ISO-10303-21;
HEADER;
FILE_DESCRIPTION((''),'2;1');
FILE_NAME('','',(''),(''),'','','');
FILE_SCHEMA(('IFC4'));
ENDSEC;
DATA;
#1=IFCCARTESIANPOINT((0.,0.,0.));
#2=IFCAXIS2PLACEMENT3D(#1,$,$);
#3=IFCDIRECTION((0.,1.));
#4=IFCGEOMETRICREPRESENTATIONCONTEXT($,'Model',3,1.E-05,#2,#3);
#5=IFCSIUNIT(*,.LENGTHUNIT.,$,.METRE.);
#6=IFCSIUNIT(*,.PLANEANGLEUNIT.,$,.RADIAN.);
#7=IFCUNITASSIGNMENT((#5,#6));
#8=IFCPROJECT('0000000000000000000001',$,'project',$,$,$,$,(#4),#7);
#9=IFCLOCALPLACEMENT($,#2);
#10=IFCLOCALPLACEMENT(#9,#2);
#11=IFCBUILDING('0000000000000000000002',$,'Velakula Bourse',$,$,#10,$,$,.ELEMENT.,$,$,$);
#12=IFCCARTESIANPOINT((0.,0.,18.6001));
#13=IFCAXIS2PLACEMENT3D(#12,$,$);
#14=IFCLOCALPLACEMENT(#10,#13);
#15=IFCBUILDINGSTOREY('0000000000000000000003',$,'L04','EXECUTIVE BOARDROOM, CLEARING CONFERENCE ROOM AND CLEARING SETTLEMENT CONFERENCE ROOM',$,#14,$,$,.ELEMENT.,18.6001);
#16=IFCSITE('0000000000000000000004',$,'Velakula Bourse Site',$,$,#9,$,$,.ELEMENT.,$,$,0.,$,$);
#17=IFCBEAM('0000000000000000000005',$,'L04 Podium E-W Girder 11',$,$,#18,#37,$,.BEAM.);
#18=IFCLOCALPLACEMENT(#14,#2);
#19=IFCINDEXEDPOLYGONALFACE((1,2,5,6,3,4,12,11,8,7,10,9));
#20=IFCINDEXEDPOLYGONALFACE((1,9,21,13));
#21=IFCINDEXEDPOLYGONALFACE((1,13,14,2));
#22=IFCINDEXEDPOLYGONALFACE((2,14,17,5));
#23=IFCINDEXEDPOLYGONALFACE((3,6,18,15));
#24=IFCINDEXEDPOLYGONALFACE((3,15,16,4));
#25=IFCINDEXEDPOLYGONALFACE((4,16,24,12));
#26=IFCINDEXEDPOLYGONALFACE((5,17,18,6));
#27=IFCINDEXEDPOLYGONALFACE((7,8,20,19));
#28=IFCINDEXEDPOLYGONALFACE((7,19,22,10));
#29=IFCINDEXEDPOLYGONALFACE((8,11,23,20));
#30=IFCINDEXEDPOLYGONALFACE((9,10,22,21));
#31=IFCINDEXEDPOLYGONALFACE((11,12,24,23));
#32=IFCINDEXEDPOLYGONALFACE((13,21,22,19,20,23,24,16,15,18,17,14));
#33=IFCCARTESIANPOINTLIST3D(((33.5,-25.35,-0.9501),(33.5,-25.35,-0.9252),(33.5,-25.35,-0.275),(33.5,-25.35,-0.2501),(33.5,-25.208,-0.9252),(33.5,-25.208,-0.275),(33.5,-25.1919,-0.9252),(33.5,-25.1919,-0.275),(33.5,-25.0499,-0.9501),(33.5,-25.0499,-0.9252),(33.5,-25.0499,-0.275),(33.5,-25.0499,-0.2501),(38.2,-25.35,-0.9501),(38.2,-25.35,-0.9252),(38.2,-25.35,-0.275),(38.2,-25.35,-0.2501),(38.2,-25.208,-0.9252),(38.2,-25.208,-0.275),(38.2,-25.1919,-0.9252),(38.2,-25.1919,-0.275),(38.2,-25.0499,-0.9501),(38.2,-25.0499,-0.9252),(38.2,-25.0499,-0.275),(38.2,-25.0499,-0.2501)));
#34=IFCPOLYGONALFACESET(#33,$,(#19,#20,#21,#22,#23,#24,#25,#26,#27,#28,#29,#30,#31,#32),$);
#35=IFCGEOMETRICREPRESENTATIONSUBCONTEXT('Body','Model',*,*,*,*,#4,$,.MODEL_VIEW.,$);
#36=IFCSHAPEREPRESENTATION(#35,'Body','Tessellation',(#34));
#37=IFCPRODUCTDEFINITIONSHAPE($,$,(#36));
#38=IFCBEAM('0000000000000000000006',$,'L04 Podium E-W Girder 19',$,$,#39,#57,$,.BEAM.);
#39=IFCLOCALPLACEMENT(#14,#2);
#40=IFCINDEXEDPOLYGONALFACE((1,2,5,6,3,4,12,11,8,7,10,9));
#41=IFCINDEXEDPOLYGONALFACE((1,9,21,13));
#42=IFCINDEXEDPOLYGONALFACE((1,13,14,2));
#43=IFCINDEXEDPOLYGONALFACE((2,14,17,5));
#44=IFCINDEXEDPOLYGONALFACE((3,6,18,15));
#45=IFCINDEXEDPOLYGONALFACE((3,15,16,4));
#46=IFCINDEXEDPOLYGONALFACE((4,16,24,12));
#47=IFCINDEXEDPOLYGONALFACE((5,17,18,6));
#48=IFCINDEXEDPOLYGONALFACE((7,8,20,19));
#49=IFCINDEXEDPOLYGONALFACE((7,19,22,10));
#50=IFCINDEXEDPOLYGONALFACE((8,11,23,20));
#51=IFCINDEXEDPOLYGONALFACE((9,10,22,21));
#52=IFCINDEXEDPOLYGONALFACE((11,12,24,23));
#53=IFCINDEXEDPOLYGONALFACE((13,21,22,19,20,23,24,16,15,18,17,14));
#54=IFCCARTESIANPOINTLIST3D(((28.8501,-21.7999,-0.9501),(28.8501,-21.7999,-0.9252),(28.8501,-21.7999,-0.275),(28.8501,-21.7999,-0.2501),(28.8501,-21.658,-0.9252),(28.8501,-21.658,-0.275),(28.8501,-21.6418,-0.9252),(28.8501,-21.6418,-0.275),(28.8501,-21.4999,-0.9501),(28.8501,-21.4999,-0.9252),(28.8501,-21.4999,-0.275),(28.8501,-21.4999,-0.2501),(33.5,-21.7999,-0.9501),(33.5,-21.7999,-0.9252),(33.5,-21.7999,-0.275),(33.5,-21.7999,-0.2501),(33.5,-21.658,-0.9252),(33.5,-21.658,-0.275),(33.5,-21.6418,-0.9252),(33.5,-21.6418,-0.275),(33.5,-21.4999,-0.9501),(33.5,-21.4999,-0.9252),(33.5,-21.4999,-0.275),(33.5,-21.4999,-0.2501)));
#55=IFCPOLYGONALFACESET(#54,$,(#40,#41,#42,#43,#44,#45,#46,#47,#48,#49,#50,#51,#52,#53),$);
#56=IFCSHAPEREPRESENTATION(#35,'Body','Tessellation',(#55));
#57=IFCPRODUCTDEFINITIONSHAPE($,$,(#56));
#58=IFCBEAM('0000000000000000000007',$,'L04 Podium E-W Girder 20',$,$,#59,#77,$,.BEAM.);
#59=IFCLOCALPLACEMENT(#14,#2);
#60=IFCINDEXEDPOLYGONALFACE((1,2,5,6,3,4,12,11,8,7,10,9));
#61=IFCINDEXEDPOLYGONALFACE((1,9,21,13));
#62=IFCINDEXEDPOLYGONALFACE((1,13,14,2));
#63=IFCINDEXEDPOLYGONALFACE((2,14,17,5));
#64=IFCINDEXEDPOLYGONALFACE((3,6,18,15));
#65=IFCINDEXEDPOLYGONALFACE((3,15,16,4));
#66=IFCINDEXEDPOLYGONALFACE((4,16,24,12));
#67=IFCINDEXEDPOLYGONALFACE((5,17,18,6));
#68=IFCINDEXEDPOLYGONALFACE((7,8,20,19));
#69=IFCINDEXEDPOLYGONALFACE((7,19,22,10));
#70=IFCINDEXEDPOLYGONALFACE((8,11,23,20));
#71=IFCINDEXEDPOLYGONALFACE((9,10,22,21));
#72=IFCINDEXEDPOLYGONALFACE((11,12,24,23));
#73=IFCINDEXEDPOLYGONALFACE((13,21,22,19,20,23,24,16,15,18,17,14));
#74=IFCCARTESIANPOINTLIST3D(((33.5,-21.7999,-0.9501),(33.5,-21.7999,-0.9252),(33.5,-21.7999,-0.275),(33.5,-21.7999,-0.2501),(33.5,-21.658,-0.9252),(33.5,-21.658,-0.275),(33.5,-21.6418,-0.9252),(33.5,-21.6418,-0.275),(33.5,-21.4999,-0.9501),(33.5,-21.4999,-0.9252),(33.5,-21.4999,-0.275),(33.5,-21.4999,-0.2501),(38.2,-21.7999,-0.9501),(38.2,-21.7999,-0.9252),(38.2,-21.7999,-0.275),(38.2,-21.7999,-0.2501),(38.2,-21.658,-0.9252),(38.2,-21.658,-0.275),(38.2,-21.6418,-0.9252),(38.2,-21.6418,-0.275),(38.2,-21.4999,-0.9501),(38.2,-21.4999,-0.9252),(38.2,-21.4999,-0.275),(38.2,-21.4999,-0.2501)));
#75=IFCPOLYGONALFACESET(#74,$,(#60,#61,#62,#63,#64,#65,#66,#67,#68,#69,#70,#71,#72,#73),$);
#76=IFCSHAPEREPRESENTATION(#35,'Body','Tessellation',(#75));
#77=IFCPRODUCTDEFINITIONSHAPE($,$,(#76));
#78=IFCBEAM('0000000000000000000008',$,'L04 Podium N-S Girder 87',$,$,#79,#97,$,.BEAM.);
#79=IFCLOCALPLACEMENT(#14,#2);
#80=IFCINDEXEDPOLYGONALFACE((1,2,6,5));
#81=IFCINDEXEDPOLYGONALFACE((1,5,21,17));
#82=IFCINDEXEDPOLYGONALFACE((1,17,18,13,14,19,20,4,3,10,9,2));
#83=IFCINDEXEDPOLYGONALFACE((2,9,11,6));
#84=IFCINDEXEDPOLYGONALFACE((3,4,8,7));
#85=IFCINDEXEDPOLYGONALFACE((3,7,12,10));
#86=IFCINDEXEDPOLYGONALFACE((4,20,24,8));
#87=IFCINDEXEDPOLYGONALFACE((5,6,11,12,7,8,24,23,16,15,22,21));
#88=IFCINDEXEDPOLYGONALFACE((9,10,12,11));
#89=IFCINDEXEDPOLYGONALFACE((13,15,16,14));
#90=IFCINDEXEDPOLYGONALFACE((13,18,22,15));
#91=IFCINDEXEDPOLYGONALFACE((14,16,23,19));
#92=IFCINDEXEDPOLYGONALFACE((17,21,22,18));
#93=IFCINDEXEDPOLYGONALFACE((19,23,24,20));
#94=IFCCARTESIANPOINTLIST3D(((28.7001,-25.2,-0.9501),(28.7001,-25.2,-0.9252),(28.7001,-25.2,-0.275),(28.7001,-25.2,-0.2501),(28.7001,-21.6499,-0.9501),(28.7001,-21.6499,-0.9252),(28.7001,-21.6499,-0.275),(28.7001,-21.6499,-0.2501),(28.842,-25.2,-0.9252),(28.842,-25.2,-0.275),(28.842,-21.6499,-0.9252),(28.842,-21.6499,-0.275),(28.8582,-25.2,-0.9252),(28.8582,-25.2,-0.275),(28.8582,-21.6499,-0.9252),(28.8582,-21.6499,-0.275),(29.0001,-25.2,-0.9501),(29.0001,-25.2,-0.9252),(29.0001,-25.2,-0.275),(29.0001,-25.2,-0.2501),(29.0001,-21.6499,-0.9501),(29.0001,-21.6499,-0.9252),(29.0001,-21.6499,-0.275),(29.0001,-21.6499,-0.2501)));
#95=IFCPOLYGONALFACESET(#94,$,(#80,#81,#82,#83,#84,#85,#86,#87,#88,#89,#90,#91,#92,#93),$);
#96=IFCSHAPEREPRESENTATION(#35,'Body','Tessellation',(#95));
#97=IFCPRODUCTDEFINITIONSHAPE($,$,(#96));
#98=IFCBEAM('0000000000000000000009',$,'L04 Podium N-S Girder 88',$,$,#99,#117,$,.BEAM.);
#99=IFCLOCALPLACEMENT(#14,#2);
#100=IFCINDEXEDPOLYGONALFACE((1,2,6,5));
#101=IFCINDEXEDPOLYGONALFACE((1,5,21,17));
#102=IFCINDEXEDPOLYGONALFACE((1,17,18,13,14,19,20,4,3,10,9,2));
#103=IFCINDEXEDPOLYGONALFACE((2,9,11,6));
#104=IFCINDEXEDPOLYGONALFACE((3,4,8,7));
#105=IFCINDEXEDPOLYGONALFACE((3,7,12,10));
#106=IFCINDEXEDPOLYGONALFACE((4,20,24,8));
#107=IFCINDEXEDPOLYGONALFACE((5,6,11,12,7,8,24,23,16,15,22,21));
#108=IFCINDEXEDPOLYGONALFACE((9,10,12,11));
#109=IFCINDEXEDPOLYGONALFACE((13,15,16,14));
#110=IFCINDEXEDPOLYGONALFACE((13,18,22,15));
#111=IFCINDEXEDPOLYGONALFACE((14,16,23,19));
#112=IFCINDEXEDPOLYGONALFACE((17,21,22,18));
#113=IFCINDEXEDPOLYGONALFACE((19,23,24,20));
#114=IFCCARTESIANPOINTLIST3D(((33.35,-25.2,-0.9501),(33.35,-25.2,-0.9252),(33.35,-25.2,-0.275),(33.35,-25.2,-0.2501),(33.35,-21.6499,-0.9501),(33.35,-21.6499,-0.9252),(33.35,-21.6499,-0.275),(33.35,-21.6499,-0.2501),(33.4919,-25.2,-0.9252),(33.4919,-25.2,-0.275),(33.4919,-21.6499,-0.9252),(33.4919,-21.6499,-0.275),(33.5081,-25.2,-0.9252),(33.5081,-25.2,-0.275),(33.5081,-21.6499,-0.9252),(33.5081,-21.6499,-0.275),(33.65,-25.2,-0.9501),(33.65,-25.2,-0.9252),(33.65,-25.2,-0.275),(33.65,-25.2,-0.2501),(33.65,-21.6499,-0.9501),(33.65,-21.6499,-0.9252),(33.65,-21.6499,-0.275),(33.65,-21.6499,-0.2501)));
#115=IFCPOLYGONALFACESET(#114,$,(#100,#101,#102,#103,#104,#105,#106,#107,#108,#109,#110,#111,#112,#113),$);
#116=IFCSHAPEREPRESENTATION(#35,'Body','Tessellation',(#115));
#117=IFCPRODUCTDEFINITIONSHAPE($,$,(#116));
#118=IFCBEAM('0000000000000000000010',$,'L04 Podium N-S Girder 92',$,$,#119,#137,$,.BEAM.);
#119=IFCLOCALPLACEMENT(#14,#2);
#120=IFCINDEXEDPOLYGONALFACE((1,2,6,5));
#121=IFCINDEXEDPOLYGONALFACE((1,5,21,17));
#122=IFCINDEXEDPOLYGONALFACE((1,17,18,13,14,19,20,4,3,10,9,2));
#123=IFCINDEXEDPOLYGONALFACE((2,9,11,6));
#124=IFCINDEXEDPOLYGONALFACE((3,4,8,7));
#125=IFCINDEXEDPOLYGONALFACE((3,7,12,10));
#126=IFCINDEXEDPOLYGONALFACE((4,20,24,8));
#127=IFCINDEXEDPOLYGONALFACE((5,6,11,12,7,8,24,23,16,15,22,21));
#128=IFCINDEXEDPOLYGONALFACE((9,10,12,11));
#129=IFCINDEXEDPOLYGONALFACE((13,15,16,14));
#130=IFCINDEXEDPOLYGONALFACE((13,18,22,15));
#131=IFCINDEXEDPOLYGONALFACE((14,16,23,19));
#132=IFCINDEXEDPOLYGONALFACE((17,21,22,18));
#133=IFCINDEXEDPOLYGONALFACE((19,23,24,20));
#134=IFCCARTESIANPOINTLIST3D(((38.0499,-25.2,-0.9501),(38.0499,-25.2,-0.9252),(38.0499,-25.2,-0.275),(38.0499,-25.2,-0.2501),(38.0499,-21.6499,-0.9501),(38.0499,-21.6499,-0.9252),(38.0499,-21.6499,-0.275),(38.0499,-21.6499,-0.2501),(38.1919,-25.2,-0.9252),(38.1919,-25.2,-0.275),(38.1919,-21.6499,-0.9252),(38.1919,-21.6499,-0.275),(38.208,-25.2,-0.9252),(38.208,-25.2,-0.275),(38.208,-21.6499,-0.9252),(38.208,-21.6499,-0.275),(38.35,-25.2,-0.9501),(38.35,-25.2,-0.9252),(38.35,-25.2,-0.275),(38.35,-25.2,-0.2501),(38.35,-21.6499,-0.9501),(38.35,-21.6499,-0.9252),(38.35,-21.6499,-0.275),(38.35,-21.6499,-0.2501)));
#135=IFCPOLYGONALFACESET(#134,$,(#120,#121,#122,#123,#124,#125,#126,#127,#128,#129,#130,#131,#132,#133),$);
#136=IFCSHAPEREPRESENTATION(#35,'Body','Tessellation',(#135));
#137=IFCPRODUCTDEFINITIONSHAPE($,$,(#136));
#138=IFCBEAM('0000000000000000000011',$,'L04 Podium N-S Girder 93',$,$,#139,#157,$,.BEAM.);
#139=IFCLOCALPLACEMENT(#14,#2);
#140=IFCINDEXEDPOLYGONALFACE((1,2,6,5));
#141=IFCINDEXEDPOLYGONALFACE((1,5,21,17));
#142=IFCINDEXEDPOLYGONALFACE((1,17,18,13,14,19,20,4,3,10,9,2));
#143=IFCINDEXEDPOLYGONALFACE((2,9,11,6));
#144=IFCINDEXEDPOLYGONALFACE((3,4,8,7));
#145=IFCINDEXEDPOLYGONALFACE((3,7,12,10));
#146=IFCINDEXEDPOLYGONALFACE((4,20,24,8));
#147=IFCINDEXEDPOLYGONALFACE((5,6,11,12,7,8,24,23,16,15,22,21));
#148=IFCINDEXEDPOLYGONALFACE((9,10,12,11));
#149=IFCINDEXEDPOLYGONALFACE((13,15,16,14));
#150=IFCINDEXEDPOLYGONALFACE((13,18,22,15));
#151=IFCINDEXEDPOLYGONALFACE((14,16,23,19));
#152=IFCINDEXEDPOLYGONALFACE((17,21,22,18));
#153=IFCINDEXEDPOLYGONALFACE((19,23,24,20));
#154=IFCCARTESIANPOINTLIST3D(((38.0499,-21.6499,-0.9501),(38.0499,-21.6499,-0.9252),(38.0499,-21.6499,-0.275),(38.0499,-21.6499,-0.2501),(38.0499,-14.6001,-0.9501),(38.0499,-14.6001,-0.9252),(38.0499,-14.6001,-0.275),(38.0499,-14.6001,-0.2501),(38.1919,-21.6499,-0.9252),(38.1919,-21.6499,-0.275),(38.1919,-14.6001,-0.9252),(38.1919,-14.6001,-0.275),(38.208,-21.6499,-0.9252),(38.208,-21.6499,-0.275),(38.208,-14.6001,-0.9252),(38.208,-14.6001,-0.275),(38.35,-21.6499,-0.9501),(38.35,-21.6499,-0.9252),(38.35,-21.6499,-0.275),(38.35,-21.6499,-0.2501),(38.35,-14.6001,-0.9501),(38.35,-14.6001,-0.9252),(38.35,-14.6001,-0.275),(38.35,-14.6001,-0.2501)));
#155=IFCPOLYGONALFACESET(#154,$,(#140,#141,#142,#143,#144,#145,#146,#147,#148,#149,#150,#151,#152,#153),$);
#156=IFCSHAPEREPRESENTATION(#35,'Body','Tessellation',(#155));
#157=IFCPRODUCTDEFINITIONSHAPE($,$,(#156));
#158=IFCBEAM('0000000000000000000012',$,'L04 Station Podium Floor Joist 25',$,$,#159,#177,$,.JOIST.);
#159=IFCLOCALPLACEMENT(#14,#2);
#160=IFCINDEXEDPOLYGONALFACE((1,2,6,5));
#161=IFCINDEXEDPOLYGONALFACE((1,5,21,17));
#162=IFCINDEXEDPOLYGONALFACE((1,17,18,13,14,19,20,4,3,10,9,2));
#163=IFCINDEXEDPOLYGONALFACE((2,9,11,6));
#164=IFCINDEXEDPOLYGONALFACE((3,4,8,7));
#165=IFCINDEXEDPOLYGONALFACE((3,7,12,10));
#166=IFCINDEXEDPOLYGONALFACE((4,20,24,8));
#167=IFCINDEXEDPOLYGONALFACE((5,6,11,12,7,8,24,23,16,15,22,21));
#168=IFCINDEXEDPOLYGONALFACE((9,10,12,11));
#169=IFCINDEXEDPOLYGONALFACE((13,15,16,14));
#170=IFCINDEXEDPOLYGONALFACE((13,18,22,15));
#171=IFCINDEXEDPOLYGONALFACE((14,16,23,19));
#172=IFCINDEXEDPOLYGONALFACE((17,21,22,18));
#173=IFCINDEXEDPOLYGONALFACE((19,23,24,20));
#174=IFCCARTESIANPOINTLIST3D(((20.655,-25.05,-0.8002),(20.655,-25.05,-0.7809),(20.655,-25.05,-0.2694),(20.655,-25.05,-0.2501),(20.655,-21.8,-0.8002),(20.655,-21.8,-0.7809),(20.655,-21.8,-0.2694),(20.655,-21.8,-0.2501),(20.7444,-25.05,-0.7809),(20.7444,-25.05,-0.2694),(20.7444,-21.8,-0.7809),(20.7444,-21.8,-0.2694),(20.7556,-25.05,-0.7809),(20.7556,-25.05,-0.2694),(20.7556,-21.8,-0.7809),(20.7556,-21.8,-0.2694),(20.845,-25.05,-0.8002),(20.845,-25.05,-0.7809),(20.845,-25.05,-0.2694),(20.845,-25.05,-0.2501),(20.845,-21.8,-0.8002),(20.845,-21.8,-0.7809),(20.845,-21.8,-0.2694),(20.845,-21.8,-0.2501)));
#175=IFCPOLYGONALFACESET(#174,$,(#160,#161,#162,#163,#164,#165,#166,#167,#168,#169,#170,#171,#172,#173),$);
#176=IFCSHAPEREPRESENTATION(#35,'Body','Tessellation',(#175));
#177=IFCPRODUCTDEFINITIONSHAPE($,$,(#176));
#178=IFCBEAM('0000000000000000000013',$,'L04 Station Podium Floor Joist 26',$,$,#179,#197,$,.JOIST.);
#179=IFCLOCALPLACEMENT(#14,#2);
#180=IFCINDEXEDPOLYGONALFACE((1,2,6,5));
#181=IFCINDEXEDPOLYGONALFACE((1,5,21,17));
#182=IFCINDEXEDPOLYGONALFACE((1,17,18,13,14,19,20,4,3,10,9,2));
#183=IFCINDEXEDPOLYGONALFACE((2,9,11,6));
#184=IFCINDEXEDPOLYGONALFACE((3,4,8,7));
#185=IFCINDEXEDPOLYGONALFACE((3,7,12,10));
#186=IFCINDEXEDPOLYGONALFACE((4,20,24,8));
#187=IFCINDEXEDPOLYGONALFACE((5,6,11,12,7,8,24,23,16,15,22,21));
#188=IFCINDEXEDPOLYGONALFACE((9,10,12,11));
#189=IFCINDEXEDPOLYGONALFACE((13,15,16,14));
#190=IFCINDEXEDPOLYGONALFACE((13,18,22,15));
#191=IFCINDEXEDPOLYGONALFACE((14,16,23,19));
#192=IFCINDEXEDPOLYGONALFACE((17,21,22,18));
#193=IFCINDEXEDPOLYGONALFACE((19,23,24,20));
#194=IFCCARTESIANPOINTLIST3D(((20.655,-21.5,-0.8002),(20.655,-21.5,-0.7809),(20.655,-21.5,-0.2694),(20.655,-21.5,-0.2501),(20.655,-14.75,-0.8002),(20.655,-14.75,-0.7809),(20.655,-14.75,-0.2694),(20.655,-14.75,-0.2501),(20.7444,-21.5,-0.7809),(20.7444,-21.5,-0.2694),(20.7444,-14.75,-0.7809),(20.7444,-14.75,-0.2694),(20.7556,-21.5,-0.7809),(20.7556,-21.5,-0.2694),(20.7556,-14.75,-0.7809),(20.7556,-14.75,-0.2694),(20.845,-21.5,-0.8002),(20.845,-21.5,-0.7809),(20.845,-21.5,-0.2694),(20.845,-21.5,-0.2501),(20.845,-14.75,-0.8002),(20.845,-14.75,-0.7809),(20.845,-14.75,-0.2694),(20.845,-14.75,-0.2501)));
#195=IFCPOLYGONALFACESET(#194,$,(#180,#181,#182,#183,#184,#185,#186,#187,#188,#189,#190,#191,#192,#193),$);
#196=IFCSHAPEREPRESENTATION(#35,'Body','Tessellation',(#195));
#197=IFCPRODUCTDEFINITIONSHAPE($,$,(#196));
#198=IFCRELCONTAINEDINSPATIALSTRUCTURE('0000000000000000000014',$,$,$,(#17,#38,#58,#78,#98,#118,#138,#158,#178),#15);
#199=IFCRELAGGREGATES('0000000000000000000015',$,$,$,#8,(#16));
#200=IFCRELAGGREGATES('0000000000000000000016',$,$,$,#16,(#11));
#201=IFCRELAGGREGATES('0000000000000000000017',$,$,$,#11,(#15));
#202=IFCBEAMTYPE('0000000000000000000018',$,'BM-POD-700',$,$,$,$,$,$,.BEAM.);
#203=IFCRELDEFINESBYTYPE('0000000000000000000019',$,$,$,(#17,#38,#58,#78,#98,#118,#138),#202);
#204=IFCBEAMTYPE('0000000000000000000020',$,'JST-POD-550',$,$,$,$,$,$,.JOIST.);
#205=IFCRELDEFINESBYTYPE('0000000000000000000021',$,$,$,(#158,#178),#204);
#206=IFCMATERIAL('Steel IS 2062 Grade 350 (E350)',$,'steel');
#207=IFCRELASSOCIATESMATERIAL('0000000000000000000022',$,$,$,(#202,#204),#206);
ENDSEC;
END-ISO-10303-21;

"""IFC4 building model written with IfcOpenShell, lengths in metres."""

from ifc_helpers import new_model, si_unit, direction, frame, origin, origin_2d, place, context, subcontext, project, spatial, i_section, extrude, material, material_profile, profile_set, type_object, element, save


model = new_model("IFC4")

# Units and contexts
model_context = context("Model", 3, precision=1e-05, world=origin(), true_north=direction((0.0, 1.0)))
body_context = subcontext(model_context, "Body", "Model", "MODEL_VIEW")
ifc_project = project(units=[si_unit("LENGTHUNIT", "METRE"), si_unit("PLANEANGLEUNIT", "RADIAN")], contexts=[model_context])

# Site, building, storey
site_placement = place(None, origin())
site = spatial("IfcSite", under=ifc_project, at=site_placement, Name="Velakula Bourse Site", CompositionType="ELEMENT", RefElevation=0.0)
building_placement = place(site_placement, origin())
building = spatial("IfcBuilding", under=site, at=building_placement, Name="Velakula Bourse", CompositionType="ELEMENT")
storey_placement = place(building_placement, frame((0.0, 0.0, 18.6001)))
storey = spatial("IfcBuildingStorey", under=building, at=storey_placement, Name="L04", Description="EXECUTIVE BOARDROOM, CLEARING CONFERENCE ROOM AND CLEARING SETTLEMENT CONFERENCE ROOM", CompositionType="ELEMENT", Elevation=18.6001)

# Beams
ifc_material_1 = material(Name="Steel IS 2062 Grade 350 (E350)", Category="steel")
ifc_material_profile_1 = material_profile(ifc_material_1, i_section(OverallWidth=0.3, OverallDepth=0.7, WebThickness=0.0161, FlangeThickness=0.0249, at=origin_2d()), Name="Steel IS 2062 Grade 350 (E350)")
ifc_profile_set_1 = profile_set([ifc_material_profile_1], Name="Steel IS 2062 Grade 350 (E350)")
beam_type_1 = type_object("IfcBeamType", Name="BM-POD-700", PredefinedType="BEAM", material=ifc_profile_set_1)
beam_1_placement = place(storey_placement, frame((33.5, -25.2, -0.6001), z_axis=(1.0, 0.0, 0.0), x_axis=(0.0, 1.0, 0.0)))
element("IfcBeam", 1, at=beam_1_placement, inside=storey, type_object=beam_type_1, Name="L04 Podium E-W Girder 11", PredefinedType="BEAM", context=body_context, shape_type="SweptSolid", body=[
    extrude(i_section(OverallWidth=0.3, OverallDepth=0.7, WebThickness=0.0161, FlangeThickness=0.0249, at=origin_2d()), origin(), (0.0, 0.0, 1.0), 4.7),
])
beam_2_placement = place(storey_placement, frame((28.8501, -21.6499, -0.6001), z_axis=(1.0, 0.0, 0.0), x_axis=(0.0, 1.0, 0.0)))
element("IfcBeam", 2, at=beam_2_placement, inside=storey, type_object=beam_type_1, Name="L04 Podium E-W Girder 19", PredefinedType="BEAM", context=body_context, shape_type="SweptSolid", body=[
    extrude(i_section(OverallWidth=0.3, OverallDepth=0.7, WebThickness=0.0161, FlangeThickness=0.0249, at=origin_2d()), origin(), (0.0, 0.0, 1.0), 4.6499),
])
beam_3_placement = place(storey_placement, frame((33.5, -21.6499, -0.6001), z_axis=(1.0, 0.0, 0.0), x_axis=(0.0, 1.0, 0.0)))
element("IfcBeam", 3, at=beam_3_placement, inside=storey, type_object=beam_type_1, Name="L04 Podium E-W Girder 20", PredefinedType="BEAM", context=body_context, shape_type="SweptSolid", body=[
    extrude(i_section(OverallWidth=0.3, OverallDepth=0.7, WebThickness=0.0161, FlangeThickness=0.0249, at=origin_2d()), origin(), (0.0, 0.0, 1.0), 4.7),
])
for number, where, z_axis, x_axis, name in (
    (4, (28.8501, -25.2, -0.6001), (0.0, 1.0, 0.0), (-1.0, 0.0, 0.0), "L04 Podium N-S Girder 87"),
    (5, (33.5, -25.2, -0.6001), (0.0, 1.0, 0.0), (-1.0, 0.0, 0.0), "L04 Podium N-S Girder 88"),
    (6, (38.2, -25.2, -0.6001), (0.0, 1.0, 0.0), (-1.0, 0.0, 0.0), "L04 Podium N-S Girder 92"),
):
    element("IfcBeam", number, at=place(storey_placement, frame(where, z_axis=z_axis, x_axis=x_axis)), inside=storey, type_object=beam_type_1, Name=name, PredefinedType="BEAM", context=body_context, shape_type="SweptSolid", body=[
        extrude(i_section(OverallWidth=0.3, OverallDepth=0.7, WebThickness=0.0161, FlangeThickness=0.0249, at=origin_2d()), origin(), (0.0, 0.0, 1.0), 3.55),
    ])
beam_4_placement = place(storey_placement, frame((38.2, -21.6499, -0.6001), z_axis=(0.0, 1.0, 0.0), x_axis=(-1.0, 0.0, 0.0)))
element("IfcBeam", 7, at=beam_4_placement, inside=storey, type_object=beam_type_1, Name="L04 Podium N-S Girder 93", PredefinedType="BEAM", context=body_context, shape_type="SweptSolid", body=[
    extrude(i_section(OverallWidth=0.3, OverallDepth=0.7, WebThickness=0.0161, FlangeThickness=0.0249, at=origin_2d()), origin(), (0.0, 0.0, 1.0), 7.0498),
])
ifc_material_profile_2 = material_profile(ifc_material_1, i_section(OverallWidth=0.1899, OverallDepth=0.55, WebThickness=0.0112, FlangeThickness=0.0193, at=origin_2d()), Name="Steel IS 2062 Grade 350 (E350)")
ifc_profile_set_2 = profile_set([ifc_material_profile_2], Name="Steel IS 2062 Grade 350 (E350)")
beam_type_2 = type_object("IfcBeamType", Name="JST-POD-550", PredefinedType="JOIST", material=ifc_profile_set_2)
beam_5_placement = place(storey_placement, frame((20.75, -25.05, -0.5251), z_axis=(0.0, 1.0, 0.0), x_axis=(-1.0, 0.0, 0.0)))
element("IfcBeam", 8, at=beam_5_placement, inside=storey, type_object=beam_type_2, Name="L04 Station Podium Floor Joist 25", PredefinedType="JOIST", context=body_context, shape_type="SweptSolid", body=[
    extrude(i_section(OverallWidth=0.1899, OverallDepth=0.55, WebThickness=0.0112, FlangeThickness=0.0193, at=origin_2d()), origin(), (0.0, 0.0, 1.0), 3.25),
])
beam_6_placement = place(storey_placement, frame((20.75, -21.5, -0.5251), z_axis=(0.0, 1.0, 0.0), x_axis=(-1.0, 0.0, 0.0)))
element("IfcBeam", 9, at=beam_6_placement, inside=storey, type_object=beam_type_2, Name="L04 Station Podium Floor Joist 26", PredefinedType="JOIST", context=body_context, shape_type="SweptSolid", body=[
    extrude(i_section(OverallWidth=0.1899, OverallDepth=0.55, WebThickness=0.0112, FlangeThickness=0.0193, at=origin_2d()), origin(), (0.0, 0.0, 1.0), 6.75),
])

save(model, "model.ifc")
